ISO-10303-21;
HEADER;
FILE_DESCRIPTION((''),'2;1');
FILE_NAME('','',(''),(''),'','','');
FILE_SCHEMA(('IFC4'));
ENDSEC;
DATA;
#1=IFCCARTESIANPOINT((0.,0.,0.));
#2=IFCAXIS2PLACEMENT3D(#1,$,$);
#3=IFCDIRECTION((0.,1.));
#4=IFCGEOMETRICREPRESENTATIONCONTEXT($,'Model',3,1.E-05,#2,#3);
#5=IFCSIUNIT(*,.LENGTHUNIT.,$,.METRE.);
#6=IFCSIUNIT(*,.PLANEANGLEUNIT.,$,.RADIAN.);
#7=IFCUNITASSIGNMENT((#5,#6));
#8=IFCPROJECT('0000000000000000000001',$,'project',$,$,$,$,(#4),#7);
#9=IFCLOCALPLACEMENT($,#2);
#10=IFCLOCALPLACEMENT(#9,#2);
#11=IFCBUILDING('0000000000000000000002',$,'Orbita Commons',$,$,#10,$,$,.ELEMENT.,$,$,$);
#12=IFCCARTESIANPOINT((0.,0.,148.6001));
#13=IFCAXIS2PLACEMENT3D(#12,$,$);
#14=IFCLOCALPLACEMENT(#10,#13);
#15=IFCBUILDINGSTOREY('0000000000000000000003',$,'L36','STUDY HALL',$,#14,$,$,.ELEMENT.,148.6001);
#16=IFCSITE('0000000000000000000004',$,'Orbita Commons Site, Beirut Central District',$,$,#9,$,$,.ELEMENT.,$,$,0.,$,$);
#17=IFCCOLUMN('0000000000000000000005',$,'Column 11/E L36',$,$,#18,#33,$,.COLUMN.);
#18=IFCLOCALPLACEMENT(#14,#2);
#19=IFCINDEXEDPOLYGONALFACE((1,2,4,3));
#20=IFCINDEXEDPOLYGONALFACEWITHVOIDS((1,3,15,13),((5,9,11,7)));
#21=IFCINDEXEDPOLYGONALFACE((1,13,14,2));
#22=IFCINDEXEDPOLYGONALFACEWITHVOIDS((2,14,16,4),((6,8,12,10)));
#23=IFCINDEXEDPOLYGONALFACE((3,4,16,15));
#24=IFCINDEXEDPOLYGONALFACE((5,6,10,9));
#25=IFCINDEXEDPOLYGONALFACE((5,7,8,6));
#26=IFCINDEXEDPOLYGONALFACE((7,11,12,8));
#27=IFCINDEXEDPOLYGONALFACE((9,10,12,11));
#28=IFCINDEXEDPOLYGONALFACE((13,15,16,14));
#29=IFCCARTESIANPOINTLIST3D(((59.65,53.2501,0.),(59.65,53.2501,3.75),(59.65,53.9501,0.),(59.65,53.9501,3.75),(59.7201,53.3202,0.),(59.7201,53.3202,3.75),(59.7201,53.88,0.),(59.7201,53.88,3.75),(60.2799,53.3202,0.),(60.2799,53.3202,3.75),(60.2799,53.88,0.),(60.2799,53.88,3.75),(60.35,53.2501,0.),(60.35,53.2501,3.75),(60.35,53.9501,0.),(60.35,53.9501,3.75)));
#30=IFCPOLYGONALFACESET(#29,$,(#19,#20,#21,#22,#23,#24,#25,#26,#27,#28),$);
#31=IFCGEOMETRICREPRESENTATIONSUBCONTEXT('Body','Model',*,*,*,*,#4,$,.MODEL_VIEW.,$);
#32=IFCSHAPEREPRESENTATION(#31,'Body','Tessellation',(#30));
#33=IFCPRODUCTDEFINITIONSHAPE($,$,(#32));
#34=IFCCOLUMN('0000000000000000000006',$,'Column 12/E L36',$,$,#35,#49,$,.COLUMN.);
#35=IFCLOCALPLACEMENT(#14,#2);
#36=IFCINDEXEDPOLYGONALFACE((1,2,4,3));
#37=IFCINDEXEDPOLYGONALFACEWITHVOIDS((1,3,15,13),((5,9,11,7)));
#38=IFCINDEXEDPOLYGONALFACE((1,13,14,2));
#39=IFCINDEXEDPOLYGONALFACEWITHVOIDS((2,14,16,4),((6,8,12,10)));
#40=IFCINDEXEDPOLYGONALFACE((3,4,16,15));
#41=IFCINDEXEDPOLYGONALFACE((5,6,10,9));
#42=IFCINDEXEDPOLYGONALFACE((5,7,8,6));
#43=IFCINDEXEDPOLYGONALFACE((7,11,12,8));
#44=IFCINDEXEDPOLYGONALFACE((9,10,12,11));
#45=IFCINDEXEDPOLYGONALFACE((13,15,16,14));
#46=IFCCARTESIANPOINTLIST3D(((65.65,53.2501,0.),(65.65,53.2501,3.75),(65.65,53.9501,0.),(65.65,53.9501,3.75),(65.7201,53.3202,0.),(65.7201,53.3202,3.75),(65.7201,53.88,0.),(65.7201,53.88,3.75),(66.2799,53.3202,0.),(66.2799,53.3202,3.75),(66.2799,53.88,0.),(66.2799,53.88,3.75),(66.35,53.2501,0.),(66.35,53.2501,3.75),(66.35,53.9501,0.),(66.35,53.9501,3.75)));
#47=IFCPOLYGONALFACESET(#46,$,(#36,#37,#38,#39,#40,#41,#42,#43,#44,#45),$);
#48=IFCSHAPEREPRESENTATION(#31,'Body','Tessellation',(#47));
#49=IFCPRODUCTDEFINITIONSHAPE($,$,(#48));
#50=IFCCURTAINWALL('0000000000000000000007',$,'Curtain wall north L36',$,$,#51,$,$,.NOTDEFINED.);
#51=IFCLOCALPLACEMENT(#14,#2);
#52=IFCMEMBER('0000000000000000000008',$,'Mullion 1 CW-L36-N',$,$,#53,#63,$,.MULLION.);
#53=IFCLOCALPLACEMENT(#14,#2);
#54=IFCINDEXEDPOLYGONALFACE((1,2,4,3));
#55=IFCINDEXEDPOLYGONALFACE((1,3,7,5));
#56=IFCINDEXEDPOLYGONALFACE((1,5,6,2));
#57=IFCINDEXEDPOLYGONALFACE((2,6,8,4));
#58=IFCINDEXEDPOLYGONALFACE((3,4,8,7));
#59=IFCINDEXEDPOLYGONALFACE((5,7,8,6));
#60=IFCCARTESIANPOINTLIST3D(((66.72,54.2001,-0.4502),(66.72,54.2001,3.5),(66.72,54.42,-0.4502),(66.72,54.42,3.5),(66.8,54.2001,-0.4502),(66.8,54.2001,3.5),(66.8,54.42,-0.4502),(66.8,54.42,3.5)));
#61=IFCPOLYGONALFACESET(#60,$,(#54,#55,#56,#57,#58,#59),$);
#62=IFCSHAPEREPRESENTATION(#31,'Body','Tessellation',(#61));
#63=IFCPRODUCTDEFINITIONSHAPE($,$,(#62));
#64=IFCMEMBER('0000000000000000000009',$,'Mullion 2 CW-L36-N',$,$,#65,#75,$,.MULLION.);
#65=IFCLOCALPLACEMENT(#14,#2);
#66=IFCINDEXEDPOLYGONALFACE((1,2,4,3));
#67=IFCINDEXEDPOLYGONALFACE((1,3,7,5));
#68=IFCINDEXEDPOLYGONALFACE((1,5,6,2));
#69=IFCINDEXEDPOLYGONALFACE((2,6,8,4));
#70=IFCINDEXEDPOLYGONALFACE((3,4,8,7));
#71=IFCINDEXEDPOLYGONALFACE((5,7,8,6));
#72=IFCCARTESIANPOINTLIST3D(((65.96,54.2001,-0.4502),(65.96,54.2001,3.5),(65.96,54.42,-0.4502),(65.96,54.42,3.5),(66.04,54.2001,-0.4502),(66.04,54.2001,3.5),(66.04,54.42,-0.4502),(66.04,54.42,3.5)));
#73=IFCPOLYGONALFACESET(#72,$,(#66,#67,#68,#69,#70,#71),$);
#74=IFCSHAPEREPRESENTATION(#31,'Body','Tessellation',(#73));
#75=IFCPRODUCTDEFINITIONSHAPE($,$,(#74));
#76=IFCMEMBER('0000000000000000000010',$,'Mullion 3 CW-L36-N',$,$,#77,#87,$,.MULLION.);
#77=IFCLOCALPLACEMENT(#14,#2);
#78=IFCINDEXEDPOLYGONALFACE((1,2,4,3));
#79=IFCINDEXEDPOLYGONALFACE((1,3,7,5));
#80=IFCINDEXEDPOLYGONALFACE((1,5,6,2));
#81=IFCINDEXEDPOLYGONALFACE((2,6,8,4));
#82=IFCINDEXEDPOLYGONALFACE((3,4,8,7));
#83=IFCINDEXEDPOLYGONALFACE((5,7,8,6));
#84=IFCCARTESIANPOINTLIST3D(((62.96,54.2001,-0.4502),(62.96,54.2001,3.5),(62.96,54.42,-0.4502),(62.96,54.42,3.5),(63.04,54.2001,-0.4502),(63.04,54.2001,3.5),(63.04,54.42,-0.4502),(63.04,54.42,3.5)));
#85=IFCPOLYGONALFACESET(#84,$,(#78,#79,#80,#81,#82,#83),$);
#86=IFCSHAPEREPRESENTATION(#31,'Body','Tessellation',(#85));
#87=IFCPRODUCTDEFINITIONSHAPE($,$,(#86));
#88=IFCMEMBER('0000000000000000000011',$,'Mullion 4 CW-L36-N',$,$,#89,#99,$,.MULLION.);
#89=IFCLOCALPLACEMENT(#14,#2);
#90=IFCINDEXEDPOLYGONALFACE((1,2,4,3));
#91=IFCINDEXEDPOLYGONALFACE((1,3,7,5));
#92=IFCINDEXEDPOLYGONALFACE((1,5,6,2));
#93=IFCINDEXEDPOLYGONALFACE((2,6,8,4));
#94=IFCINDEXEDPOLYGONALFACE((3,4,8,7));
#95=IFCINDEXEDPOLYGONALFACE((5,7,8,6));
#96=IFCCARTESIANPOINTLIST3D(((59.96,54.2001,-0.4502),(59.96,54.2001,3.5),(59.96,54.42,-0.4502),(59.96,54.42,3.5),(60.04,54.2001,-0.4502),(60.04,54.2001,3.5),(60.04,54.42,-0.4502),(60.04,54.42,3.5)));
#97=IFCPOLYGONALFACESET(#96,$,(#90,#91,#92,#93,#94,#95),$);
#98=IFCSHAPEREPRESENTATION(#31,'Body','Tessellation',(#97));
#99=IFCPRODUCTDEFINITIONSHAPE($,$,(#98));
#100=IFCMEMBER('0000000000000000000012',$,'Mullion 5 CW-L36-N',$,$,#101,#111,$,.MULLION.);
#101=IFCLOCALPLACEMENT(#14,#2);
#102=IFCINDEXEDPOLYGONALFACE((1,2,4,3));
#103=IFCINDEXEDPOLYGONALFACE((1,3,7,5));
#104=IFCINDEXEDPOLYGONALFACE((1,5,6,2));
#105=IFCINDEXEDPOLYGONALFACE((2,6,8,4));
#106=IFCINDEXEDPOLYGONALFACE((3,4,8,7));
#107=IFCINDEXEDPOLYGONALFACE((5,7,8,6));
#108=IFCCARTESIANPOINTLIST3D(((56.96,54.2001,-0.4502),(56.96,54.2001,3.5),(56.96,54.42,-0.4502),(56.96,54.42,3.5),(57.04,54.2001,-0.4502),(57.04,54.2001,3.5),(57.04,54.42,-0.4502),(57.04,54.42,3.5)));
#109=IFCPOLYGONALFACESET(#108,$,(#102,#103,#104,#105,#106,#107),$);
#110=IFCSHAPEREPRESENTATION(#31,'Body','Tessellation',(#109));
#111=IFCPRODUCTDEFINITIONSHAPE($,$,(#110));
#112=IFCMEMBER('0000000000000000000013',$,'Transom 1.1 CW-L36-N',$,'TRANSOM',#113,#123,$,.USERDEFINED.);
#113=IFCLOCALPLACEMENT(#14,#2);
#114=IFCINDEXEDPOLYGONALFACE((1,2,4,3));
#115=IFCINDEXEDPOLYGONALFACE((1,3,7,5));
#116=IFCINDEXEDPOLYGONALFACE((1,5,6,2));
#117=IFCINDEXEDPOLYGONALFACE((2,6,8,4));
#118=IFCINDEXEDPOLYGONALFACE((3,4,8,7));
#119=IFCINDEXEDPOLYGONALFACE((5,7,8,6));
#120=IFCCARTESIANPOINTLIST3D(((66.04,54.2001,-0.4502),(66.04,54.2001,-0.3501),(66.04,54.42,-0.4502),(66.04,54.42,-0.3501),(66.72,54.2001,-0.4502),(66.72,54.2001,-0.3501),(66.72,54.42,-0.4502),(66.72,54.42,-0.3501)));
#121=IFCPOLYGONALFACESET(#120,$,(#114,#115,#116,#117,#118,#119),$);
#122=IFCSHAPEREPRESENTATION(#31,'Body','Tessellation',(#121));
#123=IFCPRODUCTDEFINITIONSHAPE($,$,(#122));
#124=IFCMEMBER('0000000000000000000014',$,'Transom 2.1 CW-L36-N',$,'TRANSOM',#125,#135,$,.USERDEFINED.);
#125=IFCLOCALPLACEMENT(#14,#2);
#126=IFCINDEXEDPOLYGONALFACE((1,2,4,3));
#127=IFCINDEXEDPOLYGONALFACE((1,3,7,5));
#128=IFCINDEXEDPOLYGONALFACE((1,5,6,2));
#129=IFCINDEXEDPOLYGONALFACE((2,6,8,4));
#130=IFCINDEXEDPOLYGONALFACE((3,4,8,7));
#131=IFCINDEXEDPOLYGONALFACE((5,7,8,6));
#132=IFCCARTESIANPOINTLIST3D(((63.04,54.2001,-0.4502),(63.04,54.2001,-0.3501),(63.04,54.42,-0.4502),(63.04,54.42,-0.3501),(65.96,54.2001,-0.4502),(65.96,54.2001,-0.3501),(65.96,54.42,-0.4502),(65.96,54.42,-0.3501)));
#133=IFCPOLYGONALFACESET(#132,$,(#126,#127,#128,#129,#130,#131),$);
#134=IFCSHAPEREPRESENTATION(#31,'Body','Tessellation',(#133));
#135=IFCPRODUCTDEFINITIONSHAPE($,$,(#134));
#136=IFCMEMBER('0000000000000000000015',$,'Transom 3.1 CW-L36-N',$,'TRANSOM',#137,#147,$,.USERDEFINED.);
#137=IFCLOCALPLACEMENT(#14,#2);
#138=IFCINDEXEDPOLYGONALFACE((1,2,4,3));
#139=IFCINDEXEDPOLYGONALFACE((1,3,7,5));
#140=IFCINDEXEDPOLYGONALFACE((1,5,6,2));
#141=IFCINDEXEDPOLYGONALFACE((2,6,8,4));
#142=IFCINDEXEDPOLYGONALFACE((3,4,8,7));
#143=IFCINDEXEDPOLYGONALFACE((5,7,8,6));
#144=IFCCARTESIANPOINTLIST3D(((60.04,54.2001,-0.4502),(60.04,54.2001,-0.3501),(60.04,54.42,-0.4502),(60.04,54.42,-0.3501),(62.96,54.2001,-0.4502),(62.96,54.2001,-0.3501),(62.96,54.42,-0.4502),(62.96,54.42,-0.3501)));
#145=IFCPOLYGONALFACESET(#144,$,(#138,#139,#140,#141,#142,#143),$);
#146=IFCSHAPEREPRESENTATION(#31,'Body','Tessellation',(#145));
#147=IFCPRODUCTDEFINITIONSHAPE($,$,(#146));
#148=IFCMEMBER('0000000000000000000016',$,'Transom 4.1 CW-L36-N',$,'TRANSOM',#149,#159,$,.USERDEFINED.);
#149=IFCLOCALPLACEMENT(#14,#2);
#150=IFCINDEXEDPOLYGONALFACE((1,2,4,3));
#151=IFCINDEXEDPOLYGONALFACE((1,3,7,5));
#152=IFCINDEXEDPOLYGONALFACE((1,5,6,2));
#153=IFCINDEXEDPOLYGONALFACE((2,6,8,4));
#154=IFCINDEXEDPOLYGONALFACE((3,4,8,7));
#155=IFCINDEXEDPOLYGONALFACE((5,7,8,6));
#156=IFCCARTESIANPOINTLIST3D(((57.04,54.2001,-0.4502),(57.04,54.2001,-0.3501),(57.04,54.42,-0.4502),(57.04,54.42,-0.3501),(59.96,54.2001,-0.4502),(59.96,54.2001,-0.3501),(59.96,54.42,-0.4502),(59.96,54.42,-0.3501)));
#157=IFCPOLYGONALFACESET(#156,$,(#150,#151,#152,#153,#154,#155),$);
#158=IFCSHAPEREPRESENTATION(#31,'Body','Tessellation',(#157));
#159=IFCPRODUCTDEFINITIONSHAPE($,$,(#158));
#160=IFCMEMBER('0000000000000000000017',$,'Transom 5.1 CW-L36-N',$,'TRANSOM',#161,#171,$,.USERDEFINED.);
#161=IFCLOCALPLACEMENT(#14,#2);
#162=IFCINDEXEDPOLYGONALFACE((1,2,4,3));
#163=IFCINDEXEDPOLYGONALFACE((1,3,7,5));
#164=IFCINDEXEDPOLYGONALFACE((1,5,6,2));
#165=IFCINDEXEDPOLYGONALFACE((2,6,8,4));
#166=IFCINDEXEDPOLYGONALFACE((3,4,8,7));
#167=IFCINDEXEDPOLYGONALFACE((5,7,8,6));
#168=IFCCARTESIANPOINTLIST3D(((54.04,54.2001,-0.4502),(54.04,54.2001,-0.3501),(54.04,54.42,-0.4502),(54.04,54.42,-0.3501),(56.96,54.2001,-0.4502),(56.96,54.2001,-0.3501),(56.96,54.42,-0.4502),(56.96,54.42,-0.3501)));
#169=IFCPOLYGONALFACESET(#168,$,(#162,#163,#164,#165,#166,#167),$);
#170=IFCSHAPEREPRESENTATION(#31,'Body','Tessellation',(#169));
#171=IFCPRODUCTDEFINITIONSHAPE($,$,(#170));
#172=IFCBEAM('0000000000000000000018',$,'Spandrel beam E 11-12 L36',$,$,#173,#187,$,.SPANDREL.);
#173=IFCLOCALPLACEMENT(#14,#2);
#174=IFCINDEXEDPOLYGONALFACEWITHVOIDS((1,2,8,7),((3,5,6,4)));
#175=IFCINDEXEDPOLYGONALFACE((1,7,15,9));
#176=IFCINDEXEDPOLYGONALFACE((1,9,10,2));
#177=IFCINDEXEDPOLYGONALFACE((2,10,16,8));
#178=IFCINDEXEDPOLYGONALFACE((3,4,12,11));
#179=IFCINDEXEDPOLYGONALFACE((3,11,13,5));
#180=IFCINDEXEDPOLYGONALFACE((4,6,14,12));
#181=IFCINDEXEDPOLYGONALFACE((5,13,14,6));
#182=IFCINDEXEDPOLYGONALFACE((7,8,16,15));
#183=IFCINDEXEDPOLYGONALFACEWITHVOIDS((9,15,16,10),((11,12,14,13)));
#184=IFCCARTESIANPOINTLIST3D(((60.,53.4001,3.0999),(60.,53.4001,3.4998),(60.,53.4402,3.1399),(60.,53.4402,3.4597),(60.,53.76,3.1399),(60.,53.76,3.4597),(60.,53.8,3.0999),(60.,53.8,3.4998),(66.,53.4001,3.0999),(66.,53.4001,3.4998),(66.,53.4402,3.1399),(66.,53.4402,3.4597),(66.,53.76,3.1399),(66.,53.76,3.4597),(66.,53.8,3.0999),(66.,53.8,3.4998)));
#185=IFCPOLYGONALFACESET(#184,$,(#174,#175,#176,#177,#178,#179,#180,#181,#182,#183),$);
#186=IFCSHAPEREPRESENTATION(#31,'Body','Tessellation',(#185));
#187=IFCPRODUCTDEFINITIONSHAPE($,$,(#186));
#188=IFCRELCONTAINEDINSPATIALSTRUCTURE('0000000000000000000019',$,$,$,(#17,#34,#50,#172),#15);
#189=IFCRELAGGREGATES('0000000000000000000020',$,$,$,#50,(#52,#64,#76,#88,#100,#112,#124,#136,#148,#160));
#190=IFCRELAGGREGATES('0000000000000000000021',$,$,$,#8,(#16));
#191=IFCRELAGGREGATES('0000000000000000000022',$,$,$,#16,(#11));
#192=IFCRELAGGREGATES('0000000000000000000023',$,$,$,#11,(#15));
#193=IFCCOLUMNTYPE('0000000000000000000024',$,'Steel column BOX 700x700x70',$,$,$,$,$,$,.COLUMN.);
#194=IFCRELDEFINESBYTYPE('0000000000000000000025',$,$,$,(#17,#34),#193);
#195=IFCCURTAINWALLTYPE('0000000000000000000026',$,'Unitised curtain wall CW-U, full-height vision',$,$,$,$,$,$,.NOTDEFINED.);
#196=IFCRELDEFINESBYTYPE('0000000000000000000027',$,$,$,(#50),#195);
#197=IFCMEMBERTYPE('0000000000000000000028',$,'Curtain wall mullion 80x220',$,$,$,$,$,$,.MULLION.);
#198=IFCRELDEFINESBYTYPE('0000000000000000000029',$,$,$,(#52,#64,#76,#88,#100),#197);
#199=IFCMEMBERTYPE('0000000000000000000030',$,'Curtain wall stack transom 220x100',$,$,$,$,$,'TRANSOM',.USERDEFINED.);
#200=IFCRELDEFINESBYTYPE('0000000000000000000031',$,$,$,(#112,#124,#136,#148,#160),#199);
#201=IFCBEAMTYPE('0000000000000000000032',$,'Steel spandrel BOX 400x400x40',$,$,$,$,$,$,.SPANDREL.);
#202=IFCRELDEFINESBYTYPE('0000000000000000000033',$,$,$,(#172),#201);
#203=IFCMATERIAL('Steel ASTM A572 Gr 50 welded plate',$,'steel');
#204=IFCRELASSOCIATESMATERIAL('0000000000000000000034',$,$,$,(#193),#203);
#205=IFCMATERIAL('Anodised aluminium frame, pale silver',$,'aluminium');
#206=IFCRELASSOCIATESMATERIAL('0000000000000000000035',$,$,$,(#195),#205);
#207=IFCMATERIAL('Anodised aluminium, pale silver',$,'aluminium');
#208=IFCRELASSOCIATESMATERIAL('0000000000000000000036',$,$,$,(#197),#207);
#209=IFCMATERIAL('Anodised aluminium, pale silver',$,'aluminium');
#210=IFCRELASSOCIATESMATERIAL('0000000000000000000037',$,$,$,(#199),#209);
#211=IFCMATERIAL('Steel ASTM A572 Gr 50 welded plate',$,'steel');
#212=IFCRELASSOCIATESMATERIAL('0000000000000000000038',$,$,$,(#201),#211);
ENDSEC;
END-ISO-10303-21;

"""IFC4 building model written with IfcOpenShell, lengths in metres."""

from ifc_helpers import new_model, si_unit, direction, frame, origin, origin_2d, place, context, subcontext, project, spatial, rectangle, hollow_rectangle, extrude, material, material_profile, profile_set, type_object, element, aggregate, save


model = new_model("IFC4")

# Units and contexts
model_context = context("Model", 3, precision=1e-05, world=origin(), true_north=direction((0.0, 1.0)))
body_context = subcontext(model_context, "Body", "Model", "MODEL_VIEW")
ifc_project = project(units=[si_unit("LENGTHUNIT", "METRE"), si_unit("PLANEANGLEUNIT", "RADIAN")], contexts=[model_context])

# Site, building, storey
site_placement = place(None, origin())
site = spatial("IfcSite", under=ifc_project, at=site_placement, Name="Orbita Commons Site, Beirut Central District", CompositionType="ELEMENT", RefElevation=0.0)
building_placement = place(site_placement, origin())
building = spatial("IfcBuilding", under=site, at=building_placement, Name="Orbita Commons", CompositionType="ELEMENT")
storey_placement = place(building_placement, frame((0.0, 0.0, 148.6001)))
storey = spatial("IfcBuildingStorey", under=building, at=storey_placement, Name="L36", Description="STUDY HALL", CompositionType="ELEMENT", Elevation=148.6001)

# Columns
ifc_material_1 = material(Name="Steel ASTM A572 Gr 50 welded plate", Category="steel")
ifc_material_profile_1 = material_profile(ifc_material_1, hollow_rectangle(XDim=0.7, YDim=0.7, WallThickness=0.0701, at=origin_2d()), Name="BOX 700x700x70")
ifc_profile_set_1 = profile_set([ifc_material_profile_1], Name="Steel ASTM A572 Gr 50 welded plate")
column_type = type_object("IfcColumnType", Name="Steel column BOX 700x700x70", PredefinedType="COLUMN", material=ifc_profile_set_1)
for number, where, z_axis, x_axis, name in (
    (1, (60.0, 53.6001, 0.0), (0.0, 0.0, 1.0), (1.0, 0.0, 0.0), "Column 11/E L36"),
    (2, (66.0, 53.6001, 0.0), (0.0, 0.0, 1.0), (1.0, 0.0, 0.0), "Column 12/E L36"),
):
    element("IfcColumn", number, at=place(storey_placement, frame(where, z_axis=z_axis, x_axis=x_axis)), inside=storey, type_object=column_type, Name=name, PredefinedType="COLUMN", context=body_context, shape_type="SweptSolid", body=[
        extrude(hollow_rectangle(XDim=0.7, YDim=0.7, WallThickness=0.0701, at=origin_2d()), origin(), (0.0, 0.0, 1.0), 3.75),
    ])

# Curtain wall, members
ifc_material_2 = material(Name="Anodised aluminium frame, pale silver", Category="aluminium")
curtain_wall_type = type_object("IfcCurtainWallType", Name="Unitised curtain wall CW-U, full-height vision", PredefinedType="NOTDEFINED", material=ifc_material_2)
curtain_wall_placement = place(storey_placement, origin())
curtain_wall = element("IfcCurtainWall", 3, at=curtain_wall_placement, inside=storey, type_object=curtain_wall_type, Name="Curtain wall north L36", PredefinedType="NOTDEFINED")
ifc_material_3 = material(Name="Anodised aluminium, pale silver", Category="aluminium")
ifc_material_profile_2 = material_profile(ifc_material_3, rectangle(XDim=0.0801, YDim=0.22, at=origin_2d()), Name="AL 80x220")
ifc_profile_set_2 = profile_set([ifc_material_profile_2], Name="Anodised aluminium, pale silver")
member_type_1 = type_object("IfcMemberType", Name="Curtain wall mullion 80x220", PredefinedType="MULLION", material=ifc_profile_set_2)
member_1_placement = place(storey_placement, frame((66.76, 54.3101, -0.4502), z_axis=(0.0, 0.0, 1.0), x_axis=(-1.0, 0.0, 0.0)))
member_1 = element("IfcMember", 4, at=member_1_placement, type_object=member_type_1, Name="Mullion 1 CW-L36-N", PredefinedType="MULLION", context=body_context, shape_type="SweptSolid", body=[
    extrude(rectangle(XDim=0.0801, YDim=0.22, at=origin_2d()), origin(), (0.0, 0.0, 1.0), 3.9502),
])
member_2_placement = place(storey_placement, frame((66.0, 54.3101, -0.4502), z_axis=(0.0, 0.0, 1.0), x_axis=(-1.0, 0.0, 0.0)))
member_2 = element("IfcMember", 5, at=member_2_placement, type_object=member_type_1, Name="Mullion 2 CW-L36-N", PredefinedType="MULLION", context=body_context, shape_type="SweptSolid", body=[
    extrude(rectangle(XDim=0.0801, YDim=0.22, at=origin_2d()), origin(), (0.0, 0.0, 1.0), 3.9502),
])
member_3_placement = place(storey_placement, frame((63.0, 54.3101, -0.4502), z_axis=(0.0, 0.0, 1.0), x_axis=(-1.0, 0.0, 0.0)))
member_3 = element("IfcMember", 6, at=member_3_placement, type_object=member_type_1, Name="Mullion 3 CW-L36-N", PredefinedType="MULLION", context=body_context, shape_type="SweptSolid", body=[
    extrude(rectangle(XDim=0.0801, YDim=0.22, at=origin_2d()), origin(), (0.0, 0.0, 1.0), 3.9502),
])
member_4_placement = place(storey_placement, frame((60.0, 54.3101, -0.4502), z_axis=(0.0, 0.0, 1.0), x_axis=(-1.0, 0.0, 0.0)))
member_4 = element("IfcMember", 7, at=member_4_placement, type_object=member_type_1, Name="Mullion 4 CW-L36-N", PredefinedType="MULLION", context=body_context, shape_type="SweptSolid", body=[
    extrude(rectangle(XDim=0.0801, YDim=0.22, at=origin_2d()), origin(), (0.0, 0.0, 1.0), 3.9502),
])
member_5_placement = place(storey_placement, frame((57.0, 54.3101, -0.4502), z_axis=(0.0, 0.0, 1.0), x_axis=(-1.0, 0.0, 0.0)))
member_5 = element("IfcMember", 8, at=member_5_placement, type_object=member_type_1, Name="Mullion 5 CW-L36-N", PredefinedType="MULLION", context=body_context, shape_type="SweptSolid", body=[
    extrude(rectangle(XDim=0.0801, YDim=0.22, at=origin_2d()), origin(), (0.0, 0.0, 1.0), 3.9502),
])
ifc_material_4 = material(Name="Anodised aluminium, pale silver", Category="aluminium")
ifc_material_profile_3 = material_profile(ifc_material_4, rectangle(XDim=0.22, YDim=0.1001, at=origin_2d()), Name="AL 220x100")
ifc_profile_set_3 = profile_set([ifc_material_profile_3], Name="Anodised aluminium, pale silver")
member_type_2 = type_object("IfcMemberType", Name="Curtain wall stack transom 220x100", ElementType="TRANSOM", PredefinedType="USERDEFINED", material=ifc_profile_set_3)
member_6_placement = place(storey_placement, frame((66.72, 54.3101, -0.4001), z_axis=(-1.0, 0.0, 0.0), x_axis=(0.0, -1.0, 0.0)))
member_6 = element("IfcMember", 9, at=member_6_placement, type_object=member_type_2, Name="Transom 1.1 CW-L36-N", ObjectType="TRANSOM", PredefinedType="USERDEFINED", context=body_context, shape_type="SweptSolid", body=[
    extrude(rectangle(XDim=0.22, YDim=0.1001, at=origin_2d()), origin(), (0.0, 0.0, 1.0), 0.6799),
])
member_7_placement = place(storey_placement, frame((65.96, 54.3101, -0.4001), z_axis=(-1.0, 0.0, 0.0), x_axis=(0.0, -1.0, 0.0)))
member_7 = element("IfcMember", 10, at=member_7_placement, type_object=member_type_2, Name="Transom 2.1 CW-L36-N", ObjectType="TRANSOM", PredefinedType="USERDEFINED", context=body_context, shape_type="SweptSolid", body=[
    extrude(rectangle(XDim=0.22, YDim=0.1001, at=origin_2d()), origin(), (0.0, 0.0, 1.0), 2.9199),
])
member_8_placement = place(storey_placement, frame((62.96, 54.3101, -0.4001), z_axis=(-1.0, 0.0, 0.0), x_axis=(0.0, -1.0, 0.0)))
member_8 = element("IfcMember", 11, at=member_8_placement, type_object=member_type_2, Name="Transom 3.1 CW-L36-N", ObjectType="TRANSOM", PredefinedType="USERDEFINED", context=body_context, shape_type="SweptSolid", body=[
    extrude(rectangle(XDim=0.22, YDim=0.1001, at=origin_2d()), origin(), (0.0, 0.0, 1.0), 2.9199),
])
member_9_placement = place(storey_placement, frame((59.96, 54.3101, -0.4001), z_axis=(-1.0, 0.0, 0.0), x_axis=(0.0, -1.0, 0.0)))
member_9 = element("IfcMember", 12, at=member_9_placement, type_object=member_type_2, Name="Transom 4.1 CW-L36-N", ObjectType="TRANSOM", PredefinedType="USERDEFINED", context=body_context, shape_type="SweptSolid", body=[
    extrude(rectangle(XDim=0.22, YDim=0.1001, at=origin_2d()), origin(), (0.0, 0.0, 1.0), 2.9199),
])
member_10_placement = place(storey_placement, frame((56.96, 54.3101, -0.4001), z_axis=(-1.0, 0.0, 0.0), x_axis=(0.0, -1.0, 0.0)))
member_10 = element("IfcMember", 13, at=member_10_placement, type_object=member_type_2, Name="Transom 5.1 CW-L36-N", ObjectType="TRANSOM", PredefinedType="USERDEFINED", context=body_context, shape_type="SweptSolid", body=[
    extrude(rectangle(XDim=0.22, YDim=0.1001, at=origin_2d()), origin(), (0.0, 0.0, 1.0), 2.9199),
])

# Beam
ifc_material_5 = material(Name="Steel ASTM A572 Gr 50 welded plate", Category="steel")
ifc_material_profile_4 = material_profile(ifc_material_5, hollow_rectangle(XDim=0.3999, YDim=0.3999, WallThickness=0.04, at=origin_2d()), Name="BOX 400x400x40")
ifc_profile_set_4 = profile_set([ifc_material_profile_4], Name="Steel ASTM A572 Gr 50 welded plate")
beam_type = type_object("IfcBeamType", Name="Steel spandrel BOX 400x400x40", PredefinedType="SPANDREL", material=ifc_profile_set_4)
beam_placement = place(storey_placement, frame((60.0, 53.6001, 3.2998), z_axis=(1.0, 0.0, 0.0), x_axis=(0.0, 1.0, 0.0)))
element("IfcBeam", 14, at=beam_placement, inside=storey, type_object=beam_type, Name="Spandrel beam E 11-12 L36", PredefinedType="SPANDREL", context=body_context, shape_type="SweptSolid", body=[
    extrude(hollow_rectangle(XDim=0.3999, YDim=0.3999, WallThickness=0.04, at=origin_2d()), origin(), (0.0, 0.0, 1.0), 6.0),
])

aggregate(curtain_wall, [member_1, member_2, member_3, member_4, member_5, member_6, member_7, member_8, member_9, member_10])

save(model, "model.ifc")
